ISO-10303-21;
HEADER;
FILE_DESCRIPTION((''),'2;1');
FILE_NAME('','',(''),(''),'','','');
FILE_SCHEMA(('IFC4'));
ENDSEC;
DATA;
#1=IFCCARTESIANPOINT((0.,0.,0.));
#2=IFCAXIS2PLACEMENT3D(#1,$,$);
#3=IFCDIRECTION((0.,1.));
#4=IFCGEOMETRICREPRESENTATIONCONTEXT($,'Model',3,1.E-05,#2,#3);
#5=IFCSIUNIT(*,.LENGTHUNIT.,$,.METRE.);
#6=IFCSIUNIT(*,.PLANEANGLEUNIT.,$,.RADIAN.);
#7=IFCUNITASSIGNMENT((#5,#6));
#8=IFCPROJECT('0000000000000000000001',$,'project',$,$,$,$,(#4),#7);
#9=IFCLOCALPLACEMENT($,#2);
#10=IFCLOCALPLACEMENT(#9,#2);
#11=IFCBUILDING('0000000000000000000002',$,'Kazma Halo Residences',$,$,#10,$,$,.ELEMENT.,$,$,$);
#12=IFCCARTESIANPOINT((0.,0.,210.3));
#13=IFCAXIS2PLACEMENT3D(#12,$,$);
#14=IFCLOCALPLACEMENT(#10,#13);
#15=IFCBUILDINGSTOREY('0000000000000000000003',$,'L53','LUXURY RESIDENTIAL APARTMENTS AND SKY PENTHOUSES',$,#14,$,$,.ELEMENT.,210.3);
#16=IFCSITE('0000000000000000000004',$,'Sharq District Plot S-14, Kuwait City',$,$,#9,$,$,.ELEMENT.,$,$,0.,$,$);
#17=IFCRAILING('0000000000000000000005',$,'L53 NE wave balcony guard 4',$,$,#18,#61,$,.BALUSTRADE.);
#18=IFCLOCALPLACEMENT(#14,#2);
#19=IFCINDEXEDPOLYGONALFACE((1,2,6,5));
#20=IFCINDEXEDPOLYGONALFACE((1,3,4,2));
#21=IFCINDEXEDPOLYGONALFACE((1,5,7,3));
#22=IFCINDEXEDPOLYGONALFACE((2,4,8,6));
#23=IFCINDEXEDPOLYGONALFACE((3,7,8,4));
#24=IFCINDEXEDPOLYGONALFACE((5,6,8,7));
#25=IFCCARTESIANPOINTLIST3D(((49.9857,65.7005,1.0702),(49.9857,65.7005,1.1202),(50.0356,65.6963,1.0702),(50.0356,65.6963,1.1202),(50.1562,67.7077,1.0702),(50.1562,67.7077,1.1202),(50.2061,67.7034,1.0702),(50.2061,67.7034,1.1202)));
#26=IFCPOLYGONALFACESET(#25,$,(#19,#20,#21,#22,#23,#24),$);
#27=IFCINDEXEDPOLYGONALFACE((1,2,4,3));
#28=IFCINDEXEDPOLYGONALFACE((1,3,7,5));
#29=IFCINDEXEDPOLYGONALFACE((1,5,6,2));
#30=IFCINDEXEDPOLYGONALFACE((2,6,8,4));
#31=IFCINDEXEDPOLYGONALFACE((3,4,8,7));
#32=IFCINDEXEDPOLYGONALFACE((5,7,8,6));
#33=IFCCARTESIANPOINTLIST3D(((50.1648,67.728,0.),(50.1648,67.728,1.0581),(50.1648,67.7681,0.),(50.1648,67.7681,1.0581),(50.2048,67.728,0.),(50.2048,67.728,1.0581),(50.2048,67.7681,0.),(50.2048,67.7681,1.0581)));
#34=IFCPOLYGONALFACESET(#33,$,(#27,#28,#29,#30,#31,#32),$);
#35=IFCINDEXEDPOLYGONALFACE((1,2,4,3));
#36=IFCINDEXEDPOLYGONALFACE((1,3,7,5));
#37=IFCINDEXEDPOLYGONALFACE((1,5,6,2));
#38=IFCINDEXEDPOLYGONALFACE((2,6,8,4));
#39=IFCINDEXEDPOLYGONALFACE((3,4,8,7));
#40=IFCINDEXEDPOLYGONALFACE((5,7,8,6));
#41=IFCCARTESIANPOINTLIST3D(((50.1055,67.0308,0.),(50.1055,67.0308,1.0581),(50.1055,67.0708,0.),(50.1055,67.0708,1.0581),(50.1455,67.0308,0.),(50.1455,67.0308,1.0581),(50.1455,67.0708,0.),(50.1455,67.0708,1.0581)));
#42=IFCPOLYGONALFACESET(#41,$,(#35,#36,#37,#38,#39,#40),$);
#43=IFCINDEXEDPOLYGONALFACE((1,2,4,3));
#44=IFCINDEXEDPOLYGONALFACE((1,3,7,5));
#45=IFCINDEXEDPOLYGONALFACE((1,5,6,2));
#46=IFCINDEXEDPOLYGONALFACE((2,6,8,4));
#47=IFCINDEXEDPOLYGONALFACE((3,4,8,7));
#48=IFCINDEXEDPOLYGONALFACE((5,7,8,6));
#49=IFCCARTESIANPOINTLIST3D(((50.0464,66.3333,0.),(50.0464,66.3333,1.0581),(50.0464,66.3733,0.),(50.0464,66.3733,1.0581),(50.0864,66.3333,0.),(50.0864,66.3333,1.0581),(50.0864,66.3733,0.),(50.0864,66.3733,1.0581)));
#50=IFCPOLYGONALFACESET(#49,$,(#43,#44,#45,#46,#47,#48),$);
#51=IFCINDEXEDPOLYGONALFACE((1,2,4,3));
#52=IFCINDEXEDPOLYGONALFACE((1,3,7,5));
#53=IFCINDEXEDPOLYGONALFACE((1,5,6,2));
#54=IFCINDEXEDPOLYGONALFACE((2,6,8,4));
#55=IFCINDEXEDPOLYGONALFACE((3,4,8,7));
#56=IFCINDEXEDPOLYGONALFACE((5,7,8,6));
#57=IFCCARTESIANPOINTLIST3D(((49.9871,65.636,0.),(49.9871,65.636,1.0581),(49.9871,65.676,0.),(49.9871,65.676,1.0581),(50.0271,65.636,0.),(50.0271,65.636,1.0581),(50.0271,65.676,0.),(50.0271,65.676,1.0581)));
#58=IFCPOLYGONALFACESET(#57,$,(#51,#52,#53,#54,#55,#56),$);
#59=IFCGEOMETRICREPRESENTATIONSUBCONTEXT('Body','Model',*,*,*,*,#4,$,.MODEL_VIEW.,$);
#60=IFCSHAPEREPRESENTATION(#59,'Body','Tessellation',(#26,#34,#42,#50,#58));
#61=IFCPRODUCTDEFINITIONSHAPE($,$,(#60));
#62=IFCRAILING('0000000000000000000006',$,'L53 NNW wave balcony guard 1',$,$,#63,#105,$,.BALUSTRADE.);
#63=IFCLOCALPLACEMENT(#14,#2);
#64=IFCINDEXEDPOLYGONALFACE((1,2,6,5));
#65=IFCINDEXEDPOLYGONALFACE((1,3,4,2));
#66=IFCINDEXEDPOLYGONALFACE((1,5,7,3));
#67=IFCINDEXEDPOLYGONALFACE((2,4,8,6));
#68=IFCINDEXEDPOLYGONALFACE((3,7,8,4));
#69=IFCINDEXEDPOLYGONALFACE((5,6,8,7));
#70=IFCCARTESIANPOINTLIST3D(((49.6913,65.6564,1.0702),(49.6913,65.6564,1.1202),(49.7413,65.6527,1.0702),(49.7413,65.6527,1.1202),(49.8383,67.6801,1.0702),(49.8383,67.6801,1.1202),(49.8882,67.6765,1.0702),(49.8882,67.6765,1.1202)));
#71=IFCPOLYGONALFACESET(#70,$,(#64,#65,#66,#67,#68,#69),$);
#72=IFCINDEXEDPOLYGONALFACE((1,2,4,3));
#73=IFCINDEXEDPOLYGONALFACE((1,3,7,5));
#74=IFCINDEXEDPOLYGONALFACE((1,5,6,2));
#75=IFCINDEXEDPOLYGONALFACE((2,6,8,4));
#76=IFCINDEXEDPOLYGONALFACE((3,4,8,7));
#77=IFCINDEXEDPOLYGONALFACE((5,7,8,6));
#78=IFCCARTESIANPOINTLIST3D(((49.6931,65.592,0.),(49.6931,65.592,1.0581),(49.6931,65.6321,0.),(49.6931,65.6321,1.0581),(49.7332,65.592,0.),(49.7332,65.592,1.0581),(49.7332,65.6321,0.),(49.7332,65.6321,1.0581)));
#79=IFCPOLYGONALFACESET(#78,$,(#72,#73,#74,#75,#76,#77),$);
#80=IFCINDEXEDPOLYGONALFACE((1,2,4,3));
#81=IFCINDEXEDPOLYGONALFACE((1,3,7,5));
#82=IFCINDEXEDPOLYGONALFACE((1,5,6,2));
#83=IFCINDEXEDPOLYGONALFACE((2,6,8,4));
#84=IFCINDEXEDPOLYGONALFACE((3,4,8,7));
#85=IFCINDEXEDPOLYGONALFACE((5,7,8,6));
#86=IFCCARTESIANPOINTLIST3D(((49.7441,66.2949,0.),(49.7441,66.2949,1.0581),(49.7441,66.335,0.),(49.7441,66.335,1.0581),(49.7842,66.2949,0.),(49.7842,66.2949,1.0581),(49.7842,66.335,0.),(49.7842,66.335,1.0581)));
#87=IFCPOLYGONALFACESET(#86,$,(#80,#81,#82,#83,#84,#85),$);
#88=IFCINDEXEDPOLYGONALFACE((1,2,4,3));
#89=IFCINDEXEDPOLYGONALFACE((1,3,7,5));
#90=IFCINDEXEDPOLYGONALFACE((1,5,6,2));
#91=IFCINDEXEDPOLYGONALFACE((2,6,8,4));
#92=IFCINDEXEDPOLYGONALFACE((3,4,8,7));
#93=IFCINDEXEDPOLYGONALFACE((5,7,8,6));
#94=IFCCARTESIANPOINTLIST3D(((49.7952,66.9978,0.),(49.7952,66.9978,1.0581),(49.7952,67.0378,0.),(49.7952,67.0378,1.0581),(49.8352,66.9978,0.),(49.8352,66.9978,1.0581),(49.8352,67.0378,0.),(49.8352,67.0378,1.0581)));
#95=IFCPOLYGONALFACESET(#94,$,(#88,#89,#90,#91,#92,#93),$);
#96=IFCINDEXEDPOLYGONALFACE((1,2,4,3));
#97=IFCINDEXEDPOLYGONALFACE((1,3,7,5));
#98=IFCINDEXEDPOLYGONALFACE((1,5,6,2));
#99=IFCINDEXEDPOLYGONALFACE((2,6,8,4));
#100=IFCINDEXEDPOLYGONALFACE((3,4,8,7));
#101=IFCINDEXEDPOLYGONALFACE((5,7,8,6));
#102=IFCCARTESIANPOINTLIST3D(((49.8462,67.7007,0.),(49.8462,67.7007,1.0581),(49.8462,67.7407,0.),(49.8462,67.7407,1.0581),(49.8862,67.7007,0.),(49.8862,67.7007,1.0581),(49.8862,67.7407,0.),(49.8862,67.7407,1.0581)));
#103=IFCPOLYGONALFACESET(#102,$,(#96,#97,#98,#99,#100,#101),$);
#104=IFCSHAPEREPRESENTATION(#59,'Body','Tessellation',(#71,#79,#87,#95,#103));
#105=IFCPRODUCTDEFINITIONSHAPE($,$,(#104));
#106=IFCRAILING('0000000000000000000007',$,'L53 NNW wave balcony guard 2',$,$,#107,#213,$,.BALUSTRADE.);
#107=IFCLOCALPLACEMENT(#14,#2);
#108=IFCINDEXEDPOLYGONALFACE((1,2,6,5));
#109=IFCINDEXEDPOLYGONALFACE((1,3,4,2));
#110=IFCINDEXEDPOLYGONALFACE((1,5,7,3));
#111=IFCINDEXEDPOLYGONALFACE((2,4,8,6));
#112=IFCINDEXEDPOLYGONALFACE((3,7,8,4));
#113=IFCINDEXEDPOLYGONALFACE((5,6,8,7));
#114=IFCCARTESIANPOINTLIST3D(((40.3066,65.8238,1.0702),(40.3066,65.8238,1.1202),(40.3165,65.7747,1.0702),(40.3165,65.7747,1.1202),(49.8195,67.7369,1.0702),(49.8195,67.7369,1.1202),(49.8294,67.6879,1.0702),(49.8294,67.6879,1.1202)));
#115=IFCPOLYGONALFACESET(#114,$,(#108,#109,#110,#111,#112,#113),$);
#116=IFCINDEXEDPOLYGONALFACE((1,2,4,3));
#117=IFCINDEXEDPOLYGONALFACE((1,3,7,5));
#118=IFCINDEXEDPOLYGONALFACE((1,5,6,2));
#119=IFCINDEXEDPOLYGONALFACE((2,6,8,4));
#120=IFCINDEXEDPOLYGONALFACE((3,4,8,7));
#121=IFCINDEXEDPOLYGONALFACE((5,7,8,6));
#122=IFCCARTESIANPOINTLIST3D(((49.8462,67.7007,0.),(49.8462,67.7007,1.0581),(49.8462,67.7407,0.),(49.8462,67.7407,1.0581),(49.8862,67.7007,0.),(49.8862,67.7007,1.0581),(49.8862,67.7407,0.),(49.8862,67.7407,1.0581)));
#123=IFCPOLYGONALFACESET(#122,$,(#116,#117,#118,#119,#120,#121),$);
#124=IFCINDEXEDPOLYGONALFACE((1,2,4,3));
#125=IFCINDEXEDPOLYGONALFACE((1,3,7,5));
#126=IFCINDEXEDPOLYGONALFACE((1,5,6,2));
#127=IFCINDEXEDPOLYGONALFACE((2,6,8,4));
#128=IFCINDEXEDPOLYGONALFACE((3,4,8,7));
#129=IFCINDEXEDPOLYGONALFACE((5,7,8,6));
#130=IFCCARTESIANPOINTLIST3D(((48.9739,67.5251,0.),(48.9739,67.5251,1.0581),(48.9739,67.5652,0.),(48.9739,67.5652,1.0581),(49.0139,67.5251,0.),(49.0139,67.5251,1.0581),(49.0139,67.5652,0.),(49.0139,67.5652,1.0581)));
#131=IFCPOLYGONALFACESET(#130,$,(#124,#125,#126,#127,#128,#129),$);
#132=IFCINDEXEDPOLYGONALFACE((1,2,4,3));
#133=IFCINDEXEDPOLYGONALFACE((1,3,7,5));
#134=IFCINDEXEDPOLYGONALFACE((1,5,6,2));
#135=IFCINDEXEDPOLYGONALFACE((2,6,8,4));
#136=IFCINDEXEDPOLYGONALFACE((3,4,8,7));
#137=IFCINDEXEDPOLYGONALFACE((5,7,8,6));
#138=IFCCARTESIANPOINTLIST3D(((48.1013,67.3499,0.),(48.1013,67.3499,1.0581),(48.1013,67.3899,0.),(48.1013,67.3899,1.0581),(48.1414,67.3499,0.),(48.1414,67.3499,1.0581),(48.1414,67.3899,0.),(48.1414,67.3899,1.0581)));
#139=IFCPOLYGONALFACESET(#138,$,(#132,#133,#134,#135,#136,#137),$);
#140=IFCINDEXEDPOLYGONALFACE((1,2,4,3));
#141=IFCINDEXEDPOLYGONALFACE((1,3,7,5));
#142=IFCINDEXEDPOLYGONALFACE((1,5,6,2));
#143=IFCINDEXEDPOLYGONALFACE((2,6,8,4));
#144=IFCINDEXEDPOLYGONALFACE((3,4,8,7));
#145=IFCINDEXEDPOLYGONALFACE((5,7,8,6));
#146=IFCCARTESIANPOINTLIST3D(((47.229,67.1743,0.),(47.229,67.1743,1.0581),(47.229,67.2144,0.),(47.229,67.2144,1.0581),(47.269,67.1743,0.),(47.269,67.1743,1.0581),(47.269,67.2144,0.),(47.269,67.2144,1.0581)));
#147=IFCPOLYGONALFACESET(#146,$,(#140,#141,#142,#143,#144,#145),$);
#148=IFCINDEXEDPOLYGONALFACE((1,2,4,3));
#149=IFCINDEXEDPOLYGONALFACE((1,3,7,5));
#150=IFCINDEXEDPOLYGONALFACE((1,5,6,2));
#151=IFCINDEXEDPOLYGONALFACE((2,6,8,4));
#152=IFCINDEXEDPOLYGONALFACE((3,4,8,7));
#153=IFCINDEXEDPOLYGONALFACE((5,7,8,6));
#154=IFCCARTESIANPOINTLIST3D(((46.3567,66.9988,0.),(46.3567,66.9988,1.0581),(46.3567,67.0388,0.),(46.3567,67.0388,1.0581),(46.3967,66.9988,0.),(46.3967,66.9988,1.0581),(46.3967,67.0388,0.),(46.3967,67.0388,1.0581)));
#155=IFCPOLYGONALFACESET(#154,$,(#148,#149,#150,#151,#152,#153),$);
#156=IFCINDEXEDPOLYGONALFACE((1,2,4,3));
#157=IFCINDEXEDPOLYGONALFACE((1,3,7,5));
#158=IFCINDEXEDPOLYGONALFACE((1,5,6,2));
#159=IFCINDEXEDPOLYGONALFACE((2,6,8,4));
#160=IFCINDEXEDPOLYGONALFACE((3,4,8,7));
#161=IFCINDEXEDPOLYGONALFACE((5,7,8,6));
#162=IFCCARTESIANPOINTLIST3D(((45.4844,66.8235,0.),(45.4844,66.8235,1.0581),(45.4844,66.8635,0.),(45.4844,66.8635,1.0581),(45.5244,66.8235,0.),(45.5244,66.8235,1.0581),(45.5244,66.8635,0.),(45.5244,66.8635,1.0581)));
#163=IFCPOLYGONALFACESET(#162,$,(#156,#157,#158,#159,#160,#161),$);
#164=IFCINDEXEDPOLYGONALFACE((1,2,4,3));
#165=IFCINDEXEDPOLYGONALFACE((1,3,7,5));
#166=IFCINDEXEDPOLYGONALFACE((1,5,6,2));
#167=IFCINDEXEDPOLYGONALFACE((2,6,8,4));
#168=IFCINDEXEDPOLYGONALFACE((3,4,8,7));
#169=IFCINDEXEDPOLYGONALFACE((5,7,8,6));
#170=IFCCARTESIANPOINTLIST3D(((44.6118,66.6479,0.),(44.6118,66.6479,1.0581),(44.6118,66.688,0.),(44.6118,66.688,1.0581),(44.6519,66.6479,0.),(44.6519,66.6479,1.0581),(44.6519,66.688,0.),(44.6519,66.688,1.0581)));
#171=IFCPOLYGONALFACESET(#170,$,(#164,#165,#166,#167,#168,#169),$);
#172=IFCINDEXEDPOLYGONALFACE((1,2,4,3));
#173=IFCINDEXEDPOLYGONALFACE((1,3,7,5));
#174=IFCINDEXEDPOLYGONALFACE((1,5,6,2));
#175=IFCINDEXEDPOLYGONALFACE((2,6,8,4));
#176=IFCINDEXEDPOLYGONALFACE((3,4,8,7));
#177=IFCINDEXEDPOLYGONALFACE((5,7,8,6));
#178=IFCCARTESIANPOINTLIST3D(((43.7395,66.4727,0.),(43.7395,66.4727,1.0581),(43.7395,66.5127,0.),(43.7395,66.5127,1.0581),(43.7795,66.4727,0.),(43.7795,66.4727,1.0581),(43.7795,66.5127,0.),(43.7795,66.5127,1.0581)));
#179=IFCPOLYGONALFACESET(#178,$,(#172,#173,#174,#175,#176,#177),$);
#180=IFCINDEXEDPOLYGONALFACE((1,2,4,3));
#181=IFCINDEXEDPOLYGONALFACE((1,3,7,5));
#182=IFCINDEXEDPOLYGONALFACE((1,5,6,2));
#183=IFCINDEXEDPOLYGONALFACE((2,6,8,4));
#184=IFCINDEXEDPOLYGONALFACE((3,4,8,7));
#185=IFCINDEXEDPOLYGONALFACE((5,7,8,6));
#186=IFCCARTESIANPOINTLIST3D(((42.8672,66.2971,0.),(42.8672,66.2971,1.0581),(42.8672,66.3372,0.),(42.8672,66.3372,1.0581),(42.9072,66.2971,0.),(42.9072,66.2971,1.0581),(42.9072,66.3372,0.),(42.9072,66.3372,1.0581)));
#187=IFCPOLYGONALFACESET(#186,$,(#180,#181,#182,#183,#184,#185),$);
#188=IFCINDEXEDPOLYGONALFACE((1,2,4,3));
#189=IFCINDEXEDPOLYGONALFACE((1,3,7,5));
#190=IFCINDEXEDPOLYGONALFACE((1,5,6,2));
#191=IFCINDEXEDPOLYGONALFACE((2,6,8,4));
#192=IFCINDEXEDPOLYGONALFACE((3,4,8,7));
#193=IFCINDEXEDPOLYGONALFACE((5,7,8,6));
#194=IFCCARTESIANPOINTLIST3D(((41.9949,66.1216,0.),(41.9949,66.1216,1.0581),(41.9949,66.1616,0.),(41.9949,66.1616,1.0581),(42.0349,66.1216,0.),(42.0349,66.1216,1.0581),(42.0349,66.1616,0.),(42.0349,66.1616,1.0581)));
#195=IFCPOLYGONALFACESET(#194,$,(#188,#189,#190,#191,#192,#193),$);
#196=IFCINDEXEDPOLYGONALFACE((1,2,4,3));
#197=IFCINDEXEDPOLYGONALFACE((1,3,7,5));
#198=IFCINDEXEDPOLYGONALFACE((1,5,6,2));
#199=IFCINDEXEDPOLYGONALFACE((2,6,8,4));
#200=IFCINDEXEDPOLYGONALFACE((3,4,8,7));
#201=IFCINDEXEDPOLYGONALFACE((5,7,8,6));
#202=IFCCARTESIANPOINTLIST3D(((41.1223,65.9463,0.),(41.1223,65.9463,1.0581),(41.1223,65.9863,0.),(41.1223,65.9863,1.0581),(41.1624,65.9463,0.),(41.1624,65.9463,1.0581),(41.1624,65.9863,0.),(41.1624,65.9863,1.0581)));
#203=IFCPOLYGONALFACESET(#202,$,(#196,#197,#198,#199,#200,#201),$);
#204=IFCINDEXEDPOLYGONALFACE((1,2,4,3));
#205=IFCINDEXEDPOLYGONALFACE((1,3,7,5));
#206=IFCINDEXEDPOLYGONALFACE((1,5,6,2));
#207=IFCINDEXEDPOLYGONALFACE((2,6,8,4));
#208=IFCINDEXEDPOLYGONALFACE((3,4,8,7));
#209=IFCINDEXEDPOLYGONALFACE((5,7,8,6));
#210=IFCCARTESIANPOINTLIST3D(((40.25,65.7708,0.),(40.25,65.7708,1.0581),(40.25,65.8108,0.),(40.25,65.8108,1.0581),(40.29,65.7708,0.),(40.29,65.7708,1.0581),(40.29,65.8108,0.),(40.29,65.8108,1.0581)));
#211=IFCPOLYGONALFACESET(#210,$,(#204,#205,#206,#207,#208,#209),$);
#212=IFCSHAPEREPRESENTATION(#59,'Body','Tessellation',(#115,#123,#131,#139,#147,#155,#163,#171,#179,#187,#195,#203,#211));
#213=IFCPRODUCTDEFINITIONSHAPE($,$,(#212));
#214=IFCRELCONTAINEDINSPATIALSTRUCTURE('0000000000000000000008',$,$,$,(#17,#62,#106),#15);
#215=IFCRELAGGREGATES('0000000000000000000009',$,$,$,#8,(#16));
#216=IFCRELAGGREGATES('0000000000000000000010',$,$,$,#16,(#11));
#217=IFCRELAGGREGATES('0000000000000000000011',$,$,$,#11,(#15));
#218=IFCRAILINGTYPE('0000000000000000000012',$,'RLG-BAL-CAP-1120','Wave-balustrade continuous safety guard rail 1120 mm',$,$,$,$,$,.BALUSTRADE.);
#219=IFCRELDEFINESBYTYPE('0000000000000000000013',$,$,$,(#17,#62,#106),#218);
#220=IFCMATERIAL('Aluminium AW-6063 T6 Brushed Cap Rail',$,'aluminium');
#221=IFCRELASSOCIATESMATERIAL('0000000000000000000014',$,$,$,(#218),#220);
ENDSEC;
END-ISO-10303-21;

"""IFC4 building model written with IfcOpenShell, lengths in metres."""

from ifc_helpers import new_model, si_unit, direction, frame, origin, origin_2d, place, context, subcontext, project, spatial, rectangle, extrude, material, type_object, element, save


model = new_model("IFC4")

# Units and contexts
model_context = context("Model", 3, precision=1e-05, world=origin(), true_north=direction((0.0, 1.0)))
body_context = subcontext(model_context, "Body", "Model", "MODEL_VIEW")
ifc_project = project(units=[si_unit("LENGTHUNIT", "METRE"), si_unit("PLANEANGLEUNIT", "RADIAN")], contexts=[model_context])

# Site, building, storey
site_placement = place(None, origin())
site = spatial("IfcSite", under=ifc_project, at=site_placement, Name="Sharq District Plot S-14, Kuwait City", CompositionType="ELEMENT", RefElevation=0.0)
building_placement = place(site_placement, origin())
building = spatial("IfcBuilding", under=site, at=building_placement, Name="Kazma Halo Residences", CompositionType="ELEMENT")
storey_placement = place(building_placement, frame((0.0, 0.0, 210.3)))
storey = spatial("IfcBuildingStorey", under=building, at=storey_placement, Name="L53", Description="LUXURY RESIDENTIAL APARTMENTS AND SKY PENTHOUSES", CompositionType="ELEMENT", Elevation=210.3)

# Railings
ifc_material_1 = material(Name="Aluminium AW-6063 T6 Brushed Cap Rail", Category="aluminium")
railing_type = type_object("IfcRailingType", Name="RLG-BAL-CAP-1120", Description="Wave-balustrade continuous safety guard rail 1120 mm", PredefinedType="BALUSTRADE", material=ifc_material_1)
railing_1_placement = place(storey_placement, frame((50.1848, 67.748, 0.0)))
element("IfcRailing", 1, at=railing_1_placement, inside=storey, type_object=railing_type, Name="L53 NE wave balcony guard 4", PredefinedType="BALUSTRADE", context=body_context, shape_type="SweptSolid", body=[
    extrude(rectangle(XDim=0.05, YDim=0.05, at=origin_2d()), frame((-0.0037, -0.0425, 1.0952), z_axis=(-0.084652, -0.996411, 0.0), x_axis=(0.996411, -0.084652, 0.0)), (0.0, 0.0, 1.0), 2.0144),
    extrude(rectangle(XDim=0.04, YDim=0.04, at=origin_2d()), origin(), (0.0, 0.0, 1.0), 1.0581),
    extrude(rectangle(XDim=0.04, YDim=0.04, at=origin_2d()), frame((-0.0593, -0.6973, 0.0)), (0.0, 0.0, 1.0), 1.0581),
    extrude(rectangle(XDim=0.04, YDim=0.04, at=origin_2d()), frame((-0.1184, -1.3948, 0.0)), (0.0, 0.0, 1.0), 1.0581),
    extrude(rectangle(XDim=0.04, YDim=0.04, at=origin_2d()), frame((-0.1777, -2.092, 0.0)), (0.0, 0.0, 1.0), 1.0581),
])
railing_2_placement = place(storey_placement, frame((49.7131, 65.6121, 0.0)))
element("IfcRailing", 2, at=railing_2_placement, inside=storey, type_object=railing_type, Name="L53 NNW wave balcony guard 1", PredefinedType="BALUSTRADE", context=body_context, shape_type="SweptSolid", body=[
    extrude(rectangle(XDim=0.05, YDim=0.05, at=origin_2d()), frame((0.0032, 0.0425, 1.0952), z_axis=(0.072404, 0.997375, 0.0), x_axis=(-0.997375, 0.072404, 0.0)), (0.0, 0.0, 1.0), 2.0291),
    extrude(rectangle(XDim=0.04, YDim=0.04, at=origin_2d()), origin(), (0.0, 0.0, 1.0), 1.0581),
    extrude(rectangle(XDim=0.04, YDim=0.04, at=origin_2d()), frame((0.051, 0.7029, 0.0)), (0.0, 0.0, 1.0), 1.0581),
    extrude(rectangle(XDim=0.04, YDim=0.04, at=origin_2d()), frame((0.1021, 1.4058, 0.0)), (0.0, 0.0, 1.0), 1.0581),
    extrude(rectangle(XDim=0.04, YDim=0.04, at=origin_2d()), frame((0.1531, 2.1086, 0.0)), (0.0, 0.0, 1.0), 1.0581),
])
railing_3_placement = place(storey_placement, frame((49.8662, 67.7207, 0.0)))
element("IfcRailing", 3, at=railing_3_placement, inside=storey, type_object=railing_type, Name="L53 NNW wave balcony guard 2", PredefinedType="BALUSTRADE", context=body_context, shape_type="SweptSolid", body=[
    extrude(rectangle(XDim=0.05, YDim=0.05, at=origin_2d()), frame((-0.0417, -0.0083, 1.0952), z_axis=(-0.98037, -0.197166, 0.0), x_axis=(0.197166, -0.98037, 0.0)), (0.0, 0.0, 1.0), 9.7034),
    extrude(rectangle(XDim=0.04, YDim=0.04, at=origin_2d()), origin(), (0.0, 0.0, 1.0), 1.0581),
    extrude(rectangle(XDim=0.04, YDim=0.04, at=origin_2d()), frame((-0.8723, -0.1755, 0.0)), (0.0, 0.0, 1.0), 1.0581),
    extrude(rectangle(XDim=0.04, YDim=0.04, at=origin_2d()), frame((-1.7449, -0.3508, 0.0)), (0.0, 0.0, 1.0), 1.0581),
    extrude(rectangle(XDim=0.04, YDim=0.04, at=origin_2d()), frame((-2.6172, -0.5264, 0.0)), (0.0, 0.0, 1.0), 1.0581),
    extrude(rectangle(XDim=0.04, YDim=0.04, at=origin_2d()), frame((-3.4895, -0.7019, 0.0)), (0.0, 0.0, 1.0), 1.0581),
    extrude(rectangle(XDim=0.04, YDim=0.04, at=origin_2d()), frame((-4.3618, -0.8772, 0.0)), (0.0, 0.0, 1.0), 1.0581),
    extrude(rectangle(XDim=0.04, YDim=0.04, at=origin_2d()), frame((-5.2344, -1.0527, 0.0)), (0.0, 0.0, 1.0), 1.0581),
    extrude(rectangle(XDim=0.04, YDim=0.04, at=origin_2d()), frame((-6.1067, -1.228, 0.0)), (0.0, 0.0, 1.0), 1.0581),
    extrude(rectangle(XDim=0.04, YDim=0.04, at=origin_2d()), frame((-6.979, -1.4036, 0.0)), (0.0, 0.0, 1.0), 1.0581),
    extrude(rectangle(XDim=0.04, YDim=0.04, at=origin_2d()), frame((-7.8513, -1.5791, 0.0)), (0.0, 0.0, 1.0), 1.0581),
    extrude(rectangle(XDim=0.04, YDim=0.04, at=origin_2d()), frame((-8.7239, -1.7544, 0.0)), (0.0, 0.0, 1.0), 1.0581),
    extrude(rectangle(XDim=0.04, YDim=0.04, at=origin_2d()), frame((-9.5962, -1.9299, 0.0)), (0.0, 0.0, 1.0), 1.0581),
])

save(model, "model.ifc")
